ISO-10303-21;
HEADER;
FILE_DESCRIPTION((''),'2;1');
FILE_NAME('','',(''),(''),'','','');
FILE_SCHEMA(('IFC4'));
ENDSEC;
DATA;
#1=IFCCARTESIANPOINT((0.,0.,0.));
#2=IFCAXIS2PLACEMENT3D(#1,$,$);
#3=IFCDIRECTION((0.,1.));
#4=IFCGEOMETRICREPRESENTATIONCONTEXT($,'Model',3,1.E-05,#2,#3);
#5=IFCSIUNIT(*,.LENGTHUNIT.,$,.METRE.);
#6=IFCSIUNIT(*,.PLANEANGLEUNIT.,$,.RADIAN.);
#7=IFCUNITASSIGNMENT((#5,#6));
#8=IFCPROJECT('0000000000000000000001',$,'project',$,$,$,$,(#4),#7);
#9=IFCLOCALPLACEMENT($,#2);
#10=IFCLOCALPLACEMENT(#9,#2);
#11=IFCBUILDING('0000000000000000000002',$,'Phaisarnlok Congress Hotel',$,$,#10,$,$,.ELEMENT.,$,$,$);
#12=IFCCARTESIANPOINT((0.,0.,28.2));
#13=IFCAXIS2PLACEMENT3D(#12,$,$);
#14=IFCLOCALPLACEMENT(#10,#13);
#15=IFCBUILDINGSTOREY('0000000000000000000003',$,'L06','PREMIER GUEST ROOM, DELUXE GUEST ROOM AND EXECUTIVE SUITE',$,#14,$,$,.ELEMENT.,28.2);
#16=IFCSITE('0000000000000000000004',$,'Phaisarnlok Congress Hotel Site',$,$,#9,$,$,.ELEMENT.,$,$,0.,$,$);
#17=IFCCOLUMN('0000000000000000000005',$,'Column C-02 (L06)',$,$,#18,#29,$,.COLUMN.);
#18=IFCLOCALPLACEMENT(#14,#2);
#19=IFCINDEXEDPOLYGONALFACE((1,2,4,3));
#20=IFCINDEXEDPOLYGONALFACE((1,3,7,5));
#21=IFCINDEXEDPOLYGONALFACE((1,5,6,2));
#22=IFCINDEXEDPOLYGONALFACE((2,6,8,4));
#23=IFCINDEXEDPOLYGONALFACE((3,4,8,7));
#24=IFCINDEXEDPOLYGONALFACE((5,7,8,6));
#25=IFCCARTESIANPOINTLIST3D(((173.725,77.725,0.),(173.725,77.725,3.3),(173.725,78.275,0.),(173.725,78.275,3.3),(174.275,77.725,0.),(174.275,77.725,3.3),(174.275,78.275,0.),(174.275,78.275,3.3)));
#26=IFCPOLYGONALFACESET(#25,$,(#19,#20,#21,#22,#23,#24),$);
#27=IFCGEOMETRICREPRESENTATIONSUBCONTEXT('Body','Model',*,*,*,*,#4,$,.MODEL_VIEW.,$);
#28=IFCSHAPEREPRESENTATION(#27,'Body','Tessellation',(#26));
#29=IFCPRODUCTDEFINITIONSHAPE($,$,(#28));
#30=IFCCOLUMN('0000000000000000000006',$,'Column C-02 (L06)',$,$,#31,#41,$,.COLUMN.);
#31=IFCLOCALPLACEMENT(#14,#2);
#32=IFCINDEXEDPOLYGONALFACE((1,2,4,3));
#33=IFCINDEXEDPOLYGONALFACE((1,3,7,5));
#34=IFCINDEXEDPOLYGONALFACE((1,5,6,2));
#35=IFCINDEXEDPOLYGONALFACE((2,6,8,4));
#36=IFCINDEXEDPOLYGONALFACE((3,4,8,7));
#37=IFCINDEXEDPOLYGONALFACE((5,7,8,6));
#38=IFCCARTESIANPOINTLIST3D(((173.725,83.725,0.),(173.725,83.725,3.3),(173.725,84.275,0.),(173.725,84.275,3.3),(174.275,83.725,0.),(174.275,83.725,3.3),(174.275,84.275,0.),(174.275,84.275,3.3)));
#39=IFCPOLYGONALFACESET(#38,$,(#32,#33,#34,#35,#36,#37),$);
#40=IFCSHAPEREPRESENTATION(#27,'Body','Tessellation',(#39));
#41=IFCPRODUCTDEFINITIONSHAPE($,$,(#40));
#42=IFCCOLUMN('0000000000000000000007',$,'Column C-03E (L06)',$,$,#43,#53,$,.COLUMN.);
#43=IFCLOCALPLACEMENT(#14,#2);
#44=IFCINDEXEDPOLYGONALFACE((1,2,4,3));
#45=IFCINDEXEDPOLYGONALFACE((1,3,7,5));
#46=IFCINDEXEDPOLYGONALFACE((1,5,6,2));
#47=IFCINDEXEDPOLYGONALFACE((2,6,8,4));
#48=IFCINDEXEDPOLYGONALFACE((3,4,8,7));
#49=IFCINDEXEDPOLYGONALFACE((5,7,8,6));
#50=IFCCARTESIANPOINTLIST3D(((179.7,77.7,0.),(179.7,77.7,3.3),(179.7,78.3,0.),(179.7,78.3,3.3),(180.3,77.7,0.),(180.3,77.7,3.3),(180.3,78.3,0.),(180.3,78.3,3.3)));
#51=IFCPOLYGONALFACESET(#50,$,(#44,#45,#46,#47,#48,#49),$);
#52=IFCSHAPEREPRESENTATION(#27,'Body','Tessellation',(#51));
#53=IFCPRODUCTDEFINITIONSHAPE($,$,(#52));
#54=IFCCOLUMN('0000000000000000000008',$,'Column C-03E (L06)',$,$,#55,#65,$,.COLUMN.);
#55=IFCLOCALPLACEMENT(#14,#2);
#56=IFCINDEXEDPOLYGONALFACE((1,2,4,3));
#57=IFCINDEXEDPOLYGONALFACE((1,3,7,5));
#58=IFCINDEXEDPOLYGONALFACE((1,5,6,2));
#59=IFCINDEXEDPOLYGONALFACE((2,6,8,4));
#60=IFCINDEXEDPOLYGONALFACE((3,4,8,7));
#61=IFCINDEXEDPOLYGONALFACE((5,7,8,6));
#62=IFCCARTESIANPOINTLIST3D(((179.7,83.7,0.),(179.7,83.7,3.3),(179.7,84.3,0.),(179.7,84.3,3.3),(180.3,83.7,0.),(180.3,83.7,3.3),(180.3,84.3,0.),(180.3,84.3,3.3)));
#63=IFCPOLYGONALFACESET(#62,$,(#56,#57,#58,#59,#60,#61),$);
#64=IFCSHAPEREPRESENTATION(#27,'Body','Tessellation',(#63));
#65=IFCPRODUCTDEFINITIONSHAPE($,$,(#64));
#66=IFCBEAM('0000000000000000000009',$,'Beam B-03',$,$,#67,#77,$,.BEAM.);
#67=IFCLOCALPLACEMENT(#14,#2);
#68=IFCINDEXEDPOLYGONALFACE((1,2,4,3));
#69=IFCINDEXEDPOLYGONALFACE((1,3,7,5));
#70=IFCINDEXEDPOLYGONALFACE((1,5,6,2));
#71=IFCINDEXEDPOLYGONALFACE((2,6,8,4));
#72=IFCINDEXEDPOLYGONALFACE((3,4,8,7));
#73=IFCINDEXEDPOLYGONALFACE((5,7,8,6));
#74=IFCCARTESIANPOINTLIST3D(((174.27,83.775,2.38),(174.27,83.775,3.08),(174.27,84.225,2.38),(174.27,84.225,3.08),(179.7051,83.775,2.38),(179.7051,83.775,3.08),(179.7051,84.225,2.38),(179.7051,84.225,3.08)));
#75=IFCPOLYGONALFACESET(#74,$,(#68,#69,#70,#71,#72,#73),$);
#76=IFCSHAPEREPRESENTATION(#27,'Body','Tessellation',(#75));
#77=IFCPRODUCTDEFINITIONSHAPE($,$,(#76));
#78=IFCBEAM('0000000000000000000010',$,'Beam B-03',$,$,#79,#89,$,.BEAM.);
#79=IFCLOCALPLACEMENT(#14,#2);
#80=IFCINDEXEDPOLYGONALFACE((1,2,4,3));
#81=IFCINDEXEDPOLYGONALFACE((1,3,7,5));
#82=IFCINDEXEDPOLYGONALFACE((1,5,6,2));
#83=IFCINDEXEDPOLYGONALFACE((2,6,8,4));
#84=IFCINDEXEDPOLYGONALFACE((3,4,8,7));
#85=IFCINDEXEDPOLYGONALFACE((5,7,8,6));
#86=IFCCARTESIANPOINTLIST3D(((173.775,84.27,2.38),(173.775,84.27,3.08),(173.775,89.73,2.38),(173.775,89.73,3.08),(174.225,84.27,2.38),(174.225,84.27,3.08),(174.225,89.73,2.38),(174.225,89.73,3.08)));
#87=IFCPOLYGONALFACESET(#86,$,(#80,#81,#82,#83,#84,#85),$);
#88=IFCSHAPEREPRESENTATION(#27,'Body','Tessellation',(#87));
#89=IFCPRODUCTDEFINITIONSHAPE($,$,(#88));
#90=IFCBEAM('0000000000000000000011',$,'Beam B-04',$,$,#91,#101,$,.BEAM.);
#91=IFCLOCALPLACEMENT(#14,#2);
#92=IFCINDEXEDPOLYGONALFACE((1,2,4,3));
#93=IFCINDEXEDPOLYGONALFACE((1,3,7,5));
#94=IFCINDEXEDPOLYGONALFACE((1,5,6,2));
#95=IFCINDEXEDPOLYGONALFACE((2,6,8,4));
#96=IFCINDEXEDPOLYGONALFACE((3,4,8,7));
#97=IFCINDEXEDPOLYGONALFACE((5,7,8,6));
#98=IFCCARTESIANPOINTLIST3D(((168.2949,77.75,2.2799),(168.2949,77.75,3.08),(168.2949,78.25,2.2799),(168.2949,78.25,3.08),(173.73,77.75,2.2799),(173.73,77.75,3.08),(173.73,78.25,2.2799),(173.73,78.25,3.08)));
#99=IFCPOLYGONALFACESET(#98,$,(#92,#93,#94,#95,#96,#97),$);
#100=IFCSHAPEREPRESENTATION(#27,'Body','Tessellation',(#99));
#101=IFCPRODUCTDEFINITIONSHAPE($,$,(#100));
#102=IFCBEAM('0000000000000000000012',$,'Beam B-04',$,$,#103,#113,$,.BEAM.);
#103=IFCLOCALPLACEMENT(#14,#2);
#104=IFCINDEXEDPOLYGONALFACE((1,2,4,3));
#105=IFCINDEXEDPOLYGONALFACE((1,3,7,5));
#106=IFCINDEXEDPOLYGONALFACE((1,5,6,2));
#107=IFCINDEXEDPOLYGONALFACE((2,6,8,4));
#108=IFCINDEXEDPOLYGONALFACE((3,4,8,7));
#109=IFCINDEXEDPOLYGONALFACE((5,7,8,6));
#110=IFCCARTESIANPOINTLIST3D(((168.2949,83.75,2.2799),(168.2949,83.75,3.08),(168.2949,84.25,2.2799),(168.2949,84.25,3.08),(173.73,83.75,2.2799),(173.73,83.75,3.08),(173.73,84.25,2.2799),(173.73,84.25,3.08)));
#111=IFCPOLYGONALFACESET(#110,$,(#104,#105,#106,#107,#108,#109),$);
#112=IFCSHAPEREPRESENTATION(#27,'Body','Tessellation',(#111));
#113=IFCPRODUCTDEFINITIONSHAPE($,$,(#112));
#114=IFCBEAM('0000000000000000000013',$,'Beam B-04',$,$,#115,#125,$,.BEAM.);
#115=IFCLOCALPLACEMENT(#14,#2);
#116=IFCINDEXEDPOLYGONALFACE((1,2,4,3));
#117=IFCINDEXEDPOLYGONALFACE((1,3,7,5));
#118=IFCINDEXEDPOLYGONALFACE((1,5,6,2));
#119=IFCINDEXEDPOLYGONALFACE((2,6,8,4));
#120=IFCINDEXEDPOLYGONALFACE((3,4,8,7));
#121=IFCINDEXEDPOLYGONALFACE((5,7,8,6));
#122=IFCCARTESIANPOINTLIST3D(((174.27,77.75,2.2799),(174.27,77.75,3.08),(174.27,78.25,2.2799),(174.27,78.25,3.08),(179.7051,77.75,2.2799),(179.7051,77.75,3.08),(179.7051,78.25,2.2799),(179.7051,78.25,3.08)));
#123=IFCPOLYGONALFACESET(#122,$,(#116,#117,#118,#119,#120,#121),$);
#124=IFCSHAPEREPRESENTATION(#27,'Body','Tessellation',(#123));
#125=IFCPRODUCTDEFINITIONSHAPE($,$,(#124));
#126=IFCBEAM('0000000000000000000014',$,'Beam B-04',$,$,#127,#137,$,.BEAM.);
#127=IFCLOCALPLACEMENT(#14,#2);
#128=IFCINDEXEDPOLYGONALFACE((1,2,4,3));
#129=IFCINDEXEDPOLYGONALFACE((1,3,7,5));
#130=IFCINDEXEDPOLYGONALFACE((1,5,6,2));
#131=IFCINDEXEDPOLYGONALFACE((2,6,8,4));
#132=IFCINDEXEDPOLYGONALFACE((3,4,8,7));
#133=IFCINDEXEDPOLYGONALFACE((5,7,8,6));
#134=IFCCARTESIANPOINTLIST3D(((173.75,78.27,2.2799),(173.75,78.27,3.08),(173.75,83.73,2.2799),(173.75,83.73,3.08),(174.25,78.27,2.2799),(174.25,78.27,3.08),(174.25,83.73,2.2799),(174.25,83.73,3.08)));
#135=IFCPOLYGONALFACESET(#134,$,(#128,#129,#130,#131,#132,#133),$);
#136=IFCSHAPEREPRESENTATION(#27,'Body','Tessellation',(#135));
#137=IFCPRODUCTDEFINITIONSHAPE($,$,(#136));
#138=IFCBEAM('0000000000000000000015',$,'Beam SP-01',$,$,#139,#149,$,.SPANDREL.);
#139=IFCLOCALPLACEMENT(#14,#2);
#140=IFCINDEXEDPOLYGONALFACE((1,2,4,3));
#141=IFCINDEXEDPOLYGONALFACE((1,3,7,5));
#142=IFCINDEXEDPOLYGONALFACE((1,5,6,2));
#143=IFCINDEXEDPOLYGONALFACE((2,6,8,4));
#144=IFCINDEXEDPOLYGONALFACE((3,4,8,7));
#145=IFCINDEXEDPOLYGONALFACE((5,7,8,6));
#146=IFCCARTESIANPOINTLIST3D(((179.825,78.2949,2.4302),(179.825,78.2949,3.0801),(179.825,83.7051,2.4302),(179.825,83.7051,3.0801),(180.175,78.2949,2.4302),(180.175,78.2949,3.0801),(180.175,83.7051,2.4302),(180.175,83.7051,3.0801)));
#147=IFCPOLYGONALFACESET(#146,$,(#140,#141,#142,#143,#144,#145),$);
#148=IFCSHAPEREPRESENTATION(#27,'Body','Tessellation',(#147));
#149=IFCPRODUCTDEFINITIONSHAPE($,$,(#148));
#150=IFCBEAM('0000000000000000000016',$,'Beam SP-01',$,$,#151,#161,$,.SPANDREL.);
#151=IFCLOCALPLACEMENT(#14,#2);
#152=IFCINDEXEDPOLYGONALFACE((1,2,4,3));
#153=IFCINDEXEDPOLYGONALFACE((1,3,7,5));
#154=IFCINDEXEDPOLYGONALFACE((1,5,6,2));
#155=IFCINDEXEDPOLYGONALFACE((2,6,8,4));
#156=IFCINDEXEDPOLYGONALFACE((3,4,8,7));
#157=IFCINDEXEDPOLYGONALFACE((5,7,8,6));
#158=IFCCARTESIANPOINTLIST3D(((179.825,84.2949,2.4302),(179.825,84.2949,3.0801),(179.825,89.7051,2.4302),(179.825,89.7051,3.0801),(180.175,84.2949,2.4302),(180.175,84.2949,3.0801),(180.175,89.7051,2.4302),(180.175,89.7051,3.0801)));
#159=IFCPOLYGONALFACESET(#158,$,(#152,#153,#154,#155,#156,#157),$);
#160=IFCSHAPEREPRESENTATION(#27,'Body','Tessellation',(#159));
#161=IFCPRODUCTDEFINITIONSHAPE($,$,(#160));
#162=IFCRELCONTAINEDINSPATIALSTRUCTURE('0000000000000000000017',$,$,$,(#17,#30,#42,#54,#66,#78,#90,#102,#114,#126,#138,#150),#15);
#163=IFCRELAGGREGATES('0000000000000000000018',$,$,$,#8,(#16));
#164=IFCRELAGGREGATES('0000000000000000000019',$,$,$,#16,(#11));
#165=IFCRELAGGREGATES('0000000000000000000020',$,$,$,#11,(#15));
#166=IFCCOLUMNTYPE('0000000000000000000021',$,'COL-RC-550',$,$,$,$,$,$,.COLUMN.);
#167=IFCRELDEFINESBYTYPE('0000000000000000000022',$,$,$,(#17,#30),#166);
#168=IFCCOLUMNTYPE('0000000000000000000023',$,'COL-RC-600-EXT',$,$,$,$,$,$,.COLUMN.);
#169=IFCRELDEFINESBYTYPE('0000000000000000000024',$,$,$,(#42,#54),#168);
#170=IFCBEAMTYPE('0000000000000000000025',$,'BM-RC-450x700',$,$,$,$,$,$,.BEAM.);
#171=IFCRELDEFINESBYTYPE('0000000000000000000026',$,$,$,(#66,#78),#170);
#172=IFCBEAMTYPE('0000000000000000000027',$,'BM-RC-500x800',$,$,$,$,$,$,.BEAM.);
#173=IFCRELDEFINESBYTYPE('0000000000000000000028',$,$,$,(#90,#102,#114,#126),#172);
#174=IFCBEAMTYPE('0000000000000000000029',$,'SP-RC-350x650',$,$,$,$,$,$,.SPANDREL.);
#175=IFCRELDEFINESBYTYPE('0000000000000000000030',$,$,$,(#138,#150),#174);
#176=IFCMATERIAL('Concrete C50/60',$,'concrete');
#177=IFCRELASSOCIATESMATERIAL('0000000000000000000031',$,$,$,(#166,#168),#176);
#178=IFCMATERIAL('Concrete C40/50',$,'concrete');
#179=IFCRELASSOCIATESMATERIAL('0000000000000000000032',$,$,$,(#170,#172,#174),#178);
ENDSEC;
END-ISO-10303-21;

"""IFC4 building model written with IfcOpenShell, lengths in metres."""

from ifc_helpers import new_model, si_unit, direction, frame, origin, origin_2d, place, context, subcontext, project, spatial, rectangle, extrude, material, material_profile, profile_set, type_object, element, save


model = new_model("IFC4")

# Units and contexts
model_context = context("Model", 3, precision=1e-05, world=origin(), true_north=direction((0.0, 1.0)))
body_context = subcontext(model_context, "Body", "Model", "MODEL_VIEW")
ifc_project = project(units=[si_unit("LENGTHUNIT", "METRE"), si_unit("PLANEANGLEUNIT", "RADIAN")], contexts=[model_context])

# Site, building, storey
site_placement = place(None, origin())
site = spatial("IfcSite", under=ifc_project, at=site_placement, Name="Phaisarnlok Congress Hotel Site", CompositionType="ELEMENT", RefElevation=0.0)
building_placement = place(site_placement, origin())
building = spatial("IfcBuilding", under=site, at=building_placement, Name="Phaisarnlok Congress Hotel", CompositionType="ELEMENT")
storey_placement = place(building_placement, frame((0.0, 0.0, 28.2)))
storey = spatial("IfcBuildingStorey", under=building, at=storey_placement, Name="L06", Description="PREMIER GUEST ROOM, DELUXE GUEST ROOM AND EXECUTIVE SUITE", CompositionType="ELEMENT", Elevation=28.2)

# Columns
ifc_material_1 = material(Name="Concrete C50/60", Category="concrete")
ifc_material_profile_1 = material_profile(ifc_material_1, rectangle(XDim=0.55, YDim=0.55, at=origin_2d()), Name="RC 550x550")
ifc_profile_set_1 = profile_set([ifc_material_profile_1], Name="Concrete C50/60")
column_type_1 = type_object("IfcColumnType", Name="COL-RC-550", PredefinedType="COLUMN", material=ifc_profile_set_1)
for number, where, z_axis, x_axis, name in (
    (1, (174.0, 78.0, 0.0), (0.0, 0.0, 1.0), (1.0, 0.0, 0.0), "Column C-02 (L06)"),
    (2, (174.0, 84.0, 0.0), (0.0, 0.0, 1.0), (1.0, 0.0, 0.0), "Column C-02 (L06)"),
):
    element("IfcColumn", number, at=place(storey_placement, frame(where, z_axis=z_axis, x_axis=x_axis)), inside=storey, type_object=column_type_1, Name=name, PredefinedType="COLUMN", context=body_context, shape_type="SweptSolid", body=[
        extrude(rectangle(XDim=0.55, YDim=0.55, at=origin_2d()), origin(), (0.0, 0.0, 1.0), 3.3),
    ])
ifc_material_profile_2 = material_profile(ifc_material_1, rectangle(XDim=0.6001, YDim=0.6001, at=origin_2d()), Name="RC 600x600")
ifc_profile_set_2 = profile_set([ifc_material_profile_2], Name="Concrete C50/60")
column_type_2 = type_object("IfcColumnType", Name="COL-RC-600-EXT", PredefinedType="COLUMN", material=ifc_profile_set_2)
for number, where, z_axis, x_axis, name in (
    (3, (180.0, 78.0, 0.0), (0.0, 0.0, 1.0), (1.0, 0.0, 0.0), "Column C-03E (L06)"),
    (4, (180.0, 84.0, 0.0), (0.0, 0.0, 1.0), (1.0, 0.0, 0.0), "Column C-03E (L06)"),
):
    element("IfcColumn", number, at=place(storey_placement, frame(where, z_axis=z_axis, x_axis=x_axis)), inside=storey, type_object=column_type_2, Name=name, PredefinedType="COLUMN", context=body_context, shape_type="SweptSolid", body=[
        extrude(rectangle(XDim=0.6001, YDim=0.6001, at=origin_2d()), origin(), (0.0, 0.0, 1.0), 3.3),
    ])

# Beams
ifc_material_2 = material(Name="Concrete C40/50", Category="concrete")
ifc_material_profile_3 = material_profile(ifc_material_2, rectangle(XDim=0.45, YDim=0.7, at=origin_2d()), Name="RC 450x700")
ifc_profile_set_3 = profile_set([ifc_material_profile_3], Name="Concrete C40/50")
beam_type_1 = type_object("IfcBeamType", Name="BM-RC-450x700", PredefinedType="BEAM", material=ifc_profile_set_3)
beam_1_placement = place(storey_placement, frame((174.27, 84.0, 2.73), z_axis=(1.0, 0.0, 0.0), x_axis=(0.0, 1.0, 0.0)))
element("IfcBeam", 5, at=beam_1_placement, inside=storey, type_object=beam_type_1, Name="Beam B-03", PredefinedType="BEAM", context=body_context, shape_type="SweptSolid", body=[
    extrude(rectangle(XDim=0.45, YDim=0.7, at=origin_2d()), origin(), (0.0, 0.0, 1.0), 5.4351),
])
beam_2_placement = place(storey_placement, frame((174.0, 84.27, 2.73), z_axis=(0.0, 1.0, 0.0), x_axis=(-1.0, 0.0, 0.0)))
element("IfcBeam", 6, at=beam_2_placement, inside=storey, type_object=beam_type_1, Name="Beam B-03", PredefinedType="BEAM", context=body_context, shape_type="SweptSolid", body=[
    extrude(rectangle(XDim=0.45, YDim=0.7, at=origin_2d()), origin(), (0.0, 0.0, 1.0), 5.46),
])
ifc_material_profile_4 = material_profile(ifc_material_2, rectangle(XDim=0.5, YDim=0.8, at=origin_2d()), Name="RC 500x800")
ifc_profile_set_4 = profile_set([ifc_material_profile_4], Name="Concrete C40/50")
beam_type_2 = type_object("IfcBeamType", Name="BM-RC-500x800", PredefinedType="BEAM", material=ifc_profile_set_4)
for number, where, z_axis, x_axis, name in (
    (7, (168.2949, 78.0, 2.6799), (1.0, 0.0, 0.0), (0.0, 1.0, 0.0), "Beam B-04"),
    (8, (168.2949, 84.0, 2.6799), (1.0, 0.0, 0.0), (0.0, 1.0, 0.0), "Beam B-04"),
    (9, (174.27, 78.0, 2.6799), (1.0, 0.0, 0.0), (0.0, 1.0, 0.0), "Beam B-04"),
):
    element("IfcBeam", number, at=place(storey_placement, frame(where, z_axis=z_axis, x_axis=x_axis)), inside=storey, type_object=beam_type_2, Name=name, PredefinedType="BEAM", context=body_context, shape_type="SweptSolid", body=[
        extrude(rectangle(XDim=0.5, YDim=0.8, at=origin_2d()), origin(), (0.0, 0.0, 1.0), 5.4351),
    ])
beam_3_placement = place(storey_placement, frame((174.0, 78.27, 2.6799), z_axis=(0.0, 1.0, 0.0), x_axis=(-1.0, 0.0, 0.0)))
element("IfcBeam", 10, at=beam_3_placement, inside=storey, type_object=beam_type_2, Name="Beam B-04", PredefinedType="BEAM", context=body_context, shape_type="SweptSolid", body=[
    extrude(rectangle(XDim=0.5, YDim=0.8, at=origin_2d()), origin(), (0.0, 0.0, 1.0), 5.46),
])
ifc_material_profile_5 = material_profile(ifc_material_2, rectangle(XDim=0.3501, YDim=0.6499, at=origin_2d()), Name="RC 350x650")
ifc_profile_set_5 = profile_set([ifc_material_profile_5], Name="Concrete C40/50")
beam_type_3 = type_object("IfcBeamType", Name="SP-RC-350x650", PredefinedType="SPANDREL", material=ifc_profile_set_5)
for number, where, z_axis, x_axis, name in (
    (11, (180.0, 78.2949, 2.7551), (0.0, 1.0, 0.0), (-1.0, 0.0, 0.0), "Beam SP-01"),
    (12, (180.0, 84.2949, 2.7551), (0.0, 1.0, 0.0), (-1.0, 0.0, 0.0), "Beam SP-01"),
):
    element("IfcBeam", number, at=place(storey_placement, frame(where, z_axis=z_axis, x_axis=x_axis)), inside=storey, type_object=beam_type_3, Name=name, PredefinedType="SPANDREL", context=body_context, shape_type="SweptSolid", body=[
        extrude(rectangle(XDim=0.3501, YDim=0.6499, at=origin_2d()), origin(), (0.0, 0.0, 1.0), 5.4102),
    ])

save(model, "model.ifc")
